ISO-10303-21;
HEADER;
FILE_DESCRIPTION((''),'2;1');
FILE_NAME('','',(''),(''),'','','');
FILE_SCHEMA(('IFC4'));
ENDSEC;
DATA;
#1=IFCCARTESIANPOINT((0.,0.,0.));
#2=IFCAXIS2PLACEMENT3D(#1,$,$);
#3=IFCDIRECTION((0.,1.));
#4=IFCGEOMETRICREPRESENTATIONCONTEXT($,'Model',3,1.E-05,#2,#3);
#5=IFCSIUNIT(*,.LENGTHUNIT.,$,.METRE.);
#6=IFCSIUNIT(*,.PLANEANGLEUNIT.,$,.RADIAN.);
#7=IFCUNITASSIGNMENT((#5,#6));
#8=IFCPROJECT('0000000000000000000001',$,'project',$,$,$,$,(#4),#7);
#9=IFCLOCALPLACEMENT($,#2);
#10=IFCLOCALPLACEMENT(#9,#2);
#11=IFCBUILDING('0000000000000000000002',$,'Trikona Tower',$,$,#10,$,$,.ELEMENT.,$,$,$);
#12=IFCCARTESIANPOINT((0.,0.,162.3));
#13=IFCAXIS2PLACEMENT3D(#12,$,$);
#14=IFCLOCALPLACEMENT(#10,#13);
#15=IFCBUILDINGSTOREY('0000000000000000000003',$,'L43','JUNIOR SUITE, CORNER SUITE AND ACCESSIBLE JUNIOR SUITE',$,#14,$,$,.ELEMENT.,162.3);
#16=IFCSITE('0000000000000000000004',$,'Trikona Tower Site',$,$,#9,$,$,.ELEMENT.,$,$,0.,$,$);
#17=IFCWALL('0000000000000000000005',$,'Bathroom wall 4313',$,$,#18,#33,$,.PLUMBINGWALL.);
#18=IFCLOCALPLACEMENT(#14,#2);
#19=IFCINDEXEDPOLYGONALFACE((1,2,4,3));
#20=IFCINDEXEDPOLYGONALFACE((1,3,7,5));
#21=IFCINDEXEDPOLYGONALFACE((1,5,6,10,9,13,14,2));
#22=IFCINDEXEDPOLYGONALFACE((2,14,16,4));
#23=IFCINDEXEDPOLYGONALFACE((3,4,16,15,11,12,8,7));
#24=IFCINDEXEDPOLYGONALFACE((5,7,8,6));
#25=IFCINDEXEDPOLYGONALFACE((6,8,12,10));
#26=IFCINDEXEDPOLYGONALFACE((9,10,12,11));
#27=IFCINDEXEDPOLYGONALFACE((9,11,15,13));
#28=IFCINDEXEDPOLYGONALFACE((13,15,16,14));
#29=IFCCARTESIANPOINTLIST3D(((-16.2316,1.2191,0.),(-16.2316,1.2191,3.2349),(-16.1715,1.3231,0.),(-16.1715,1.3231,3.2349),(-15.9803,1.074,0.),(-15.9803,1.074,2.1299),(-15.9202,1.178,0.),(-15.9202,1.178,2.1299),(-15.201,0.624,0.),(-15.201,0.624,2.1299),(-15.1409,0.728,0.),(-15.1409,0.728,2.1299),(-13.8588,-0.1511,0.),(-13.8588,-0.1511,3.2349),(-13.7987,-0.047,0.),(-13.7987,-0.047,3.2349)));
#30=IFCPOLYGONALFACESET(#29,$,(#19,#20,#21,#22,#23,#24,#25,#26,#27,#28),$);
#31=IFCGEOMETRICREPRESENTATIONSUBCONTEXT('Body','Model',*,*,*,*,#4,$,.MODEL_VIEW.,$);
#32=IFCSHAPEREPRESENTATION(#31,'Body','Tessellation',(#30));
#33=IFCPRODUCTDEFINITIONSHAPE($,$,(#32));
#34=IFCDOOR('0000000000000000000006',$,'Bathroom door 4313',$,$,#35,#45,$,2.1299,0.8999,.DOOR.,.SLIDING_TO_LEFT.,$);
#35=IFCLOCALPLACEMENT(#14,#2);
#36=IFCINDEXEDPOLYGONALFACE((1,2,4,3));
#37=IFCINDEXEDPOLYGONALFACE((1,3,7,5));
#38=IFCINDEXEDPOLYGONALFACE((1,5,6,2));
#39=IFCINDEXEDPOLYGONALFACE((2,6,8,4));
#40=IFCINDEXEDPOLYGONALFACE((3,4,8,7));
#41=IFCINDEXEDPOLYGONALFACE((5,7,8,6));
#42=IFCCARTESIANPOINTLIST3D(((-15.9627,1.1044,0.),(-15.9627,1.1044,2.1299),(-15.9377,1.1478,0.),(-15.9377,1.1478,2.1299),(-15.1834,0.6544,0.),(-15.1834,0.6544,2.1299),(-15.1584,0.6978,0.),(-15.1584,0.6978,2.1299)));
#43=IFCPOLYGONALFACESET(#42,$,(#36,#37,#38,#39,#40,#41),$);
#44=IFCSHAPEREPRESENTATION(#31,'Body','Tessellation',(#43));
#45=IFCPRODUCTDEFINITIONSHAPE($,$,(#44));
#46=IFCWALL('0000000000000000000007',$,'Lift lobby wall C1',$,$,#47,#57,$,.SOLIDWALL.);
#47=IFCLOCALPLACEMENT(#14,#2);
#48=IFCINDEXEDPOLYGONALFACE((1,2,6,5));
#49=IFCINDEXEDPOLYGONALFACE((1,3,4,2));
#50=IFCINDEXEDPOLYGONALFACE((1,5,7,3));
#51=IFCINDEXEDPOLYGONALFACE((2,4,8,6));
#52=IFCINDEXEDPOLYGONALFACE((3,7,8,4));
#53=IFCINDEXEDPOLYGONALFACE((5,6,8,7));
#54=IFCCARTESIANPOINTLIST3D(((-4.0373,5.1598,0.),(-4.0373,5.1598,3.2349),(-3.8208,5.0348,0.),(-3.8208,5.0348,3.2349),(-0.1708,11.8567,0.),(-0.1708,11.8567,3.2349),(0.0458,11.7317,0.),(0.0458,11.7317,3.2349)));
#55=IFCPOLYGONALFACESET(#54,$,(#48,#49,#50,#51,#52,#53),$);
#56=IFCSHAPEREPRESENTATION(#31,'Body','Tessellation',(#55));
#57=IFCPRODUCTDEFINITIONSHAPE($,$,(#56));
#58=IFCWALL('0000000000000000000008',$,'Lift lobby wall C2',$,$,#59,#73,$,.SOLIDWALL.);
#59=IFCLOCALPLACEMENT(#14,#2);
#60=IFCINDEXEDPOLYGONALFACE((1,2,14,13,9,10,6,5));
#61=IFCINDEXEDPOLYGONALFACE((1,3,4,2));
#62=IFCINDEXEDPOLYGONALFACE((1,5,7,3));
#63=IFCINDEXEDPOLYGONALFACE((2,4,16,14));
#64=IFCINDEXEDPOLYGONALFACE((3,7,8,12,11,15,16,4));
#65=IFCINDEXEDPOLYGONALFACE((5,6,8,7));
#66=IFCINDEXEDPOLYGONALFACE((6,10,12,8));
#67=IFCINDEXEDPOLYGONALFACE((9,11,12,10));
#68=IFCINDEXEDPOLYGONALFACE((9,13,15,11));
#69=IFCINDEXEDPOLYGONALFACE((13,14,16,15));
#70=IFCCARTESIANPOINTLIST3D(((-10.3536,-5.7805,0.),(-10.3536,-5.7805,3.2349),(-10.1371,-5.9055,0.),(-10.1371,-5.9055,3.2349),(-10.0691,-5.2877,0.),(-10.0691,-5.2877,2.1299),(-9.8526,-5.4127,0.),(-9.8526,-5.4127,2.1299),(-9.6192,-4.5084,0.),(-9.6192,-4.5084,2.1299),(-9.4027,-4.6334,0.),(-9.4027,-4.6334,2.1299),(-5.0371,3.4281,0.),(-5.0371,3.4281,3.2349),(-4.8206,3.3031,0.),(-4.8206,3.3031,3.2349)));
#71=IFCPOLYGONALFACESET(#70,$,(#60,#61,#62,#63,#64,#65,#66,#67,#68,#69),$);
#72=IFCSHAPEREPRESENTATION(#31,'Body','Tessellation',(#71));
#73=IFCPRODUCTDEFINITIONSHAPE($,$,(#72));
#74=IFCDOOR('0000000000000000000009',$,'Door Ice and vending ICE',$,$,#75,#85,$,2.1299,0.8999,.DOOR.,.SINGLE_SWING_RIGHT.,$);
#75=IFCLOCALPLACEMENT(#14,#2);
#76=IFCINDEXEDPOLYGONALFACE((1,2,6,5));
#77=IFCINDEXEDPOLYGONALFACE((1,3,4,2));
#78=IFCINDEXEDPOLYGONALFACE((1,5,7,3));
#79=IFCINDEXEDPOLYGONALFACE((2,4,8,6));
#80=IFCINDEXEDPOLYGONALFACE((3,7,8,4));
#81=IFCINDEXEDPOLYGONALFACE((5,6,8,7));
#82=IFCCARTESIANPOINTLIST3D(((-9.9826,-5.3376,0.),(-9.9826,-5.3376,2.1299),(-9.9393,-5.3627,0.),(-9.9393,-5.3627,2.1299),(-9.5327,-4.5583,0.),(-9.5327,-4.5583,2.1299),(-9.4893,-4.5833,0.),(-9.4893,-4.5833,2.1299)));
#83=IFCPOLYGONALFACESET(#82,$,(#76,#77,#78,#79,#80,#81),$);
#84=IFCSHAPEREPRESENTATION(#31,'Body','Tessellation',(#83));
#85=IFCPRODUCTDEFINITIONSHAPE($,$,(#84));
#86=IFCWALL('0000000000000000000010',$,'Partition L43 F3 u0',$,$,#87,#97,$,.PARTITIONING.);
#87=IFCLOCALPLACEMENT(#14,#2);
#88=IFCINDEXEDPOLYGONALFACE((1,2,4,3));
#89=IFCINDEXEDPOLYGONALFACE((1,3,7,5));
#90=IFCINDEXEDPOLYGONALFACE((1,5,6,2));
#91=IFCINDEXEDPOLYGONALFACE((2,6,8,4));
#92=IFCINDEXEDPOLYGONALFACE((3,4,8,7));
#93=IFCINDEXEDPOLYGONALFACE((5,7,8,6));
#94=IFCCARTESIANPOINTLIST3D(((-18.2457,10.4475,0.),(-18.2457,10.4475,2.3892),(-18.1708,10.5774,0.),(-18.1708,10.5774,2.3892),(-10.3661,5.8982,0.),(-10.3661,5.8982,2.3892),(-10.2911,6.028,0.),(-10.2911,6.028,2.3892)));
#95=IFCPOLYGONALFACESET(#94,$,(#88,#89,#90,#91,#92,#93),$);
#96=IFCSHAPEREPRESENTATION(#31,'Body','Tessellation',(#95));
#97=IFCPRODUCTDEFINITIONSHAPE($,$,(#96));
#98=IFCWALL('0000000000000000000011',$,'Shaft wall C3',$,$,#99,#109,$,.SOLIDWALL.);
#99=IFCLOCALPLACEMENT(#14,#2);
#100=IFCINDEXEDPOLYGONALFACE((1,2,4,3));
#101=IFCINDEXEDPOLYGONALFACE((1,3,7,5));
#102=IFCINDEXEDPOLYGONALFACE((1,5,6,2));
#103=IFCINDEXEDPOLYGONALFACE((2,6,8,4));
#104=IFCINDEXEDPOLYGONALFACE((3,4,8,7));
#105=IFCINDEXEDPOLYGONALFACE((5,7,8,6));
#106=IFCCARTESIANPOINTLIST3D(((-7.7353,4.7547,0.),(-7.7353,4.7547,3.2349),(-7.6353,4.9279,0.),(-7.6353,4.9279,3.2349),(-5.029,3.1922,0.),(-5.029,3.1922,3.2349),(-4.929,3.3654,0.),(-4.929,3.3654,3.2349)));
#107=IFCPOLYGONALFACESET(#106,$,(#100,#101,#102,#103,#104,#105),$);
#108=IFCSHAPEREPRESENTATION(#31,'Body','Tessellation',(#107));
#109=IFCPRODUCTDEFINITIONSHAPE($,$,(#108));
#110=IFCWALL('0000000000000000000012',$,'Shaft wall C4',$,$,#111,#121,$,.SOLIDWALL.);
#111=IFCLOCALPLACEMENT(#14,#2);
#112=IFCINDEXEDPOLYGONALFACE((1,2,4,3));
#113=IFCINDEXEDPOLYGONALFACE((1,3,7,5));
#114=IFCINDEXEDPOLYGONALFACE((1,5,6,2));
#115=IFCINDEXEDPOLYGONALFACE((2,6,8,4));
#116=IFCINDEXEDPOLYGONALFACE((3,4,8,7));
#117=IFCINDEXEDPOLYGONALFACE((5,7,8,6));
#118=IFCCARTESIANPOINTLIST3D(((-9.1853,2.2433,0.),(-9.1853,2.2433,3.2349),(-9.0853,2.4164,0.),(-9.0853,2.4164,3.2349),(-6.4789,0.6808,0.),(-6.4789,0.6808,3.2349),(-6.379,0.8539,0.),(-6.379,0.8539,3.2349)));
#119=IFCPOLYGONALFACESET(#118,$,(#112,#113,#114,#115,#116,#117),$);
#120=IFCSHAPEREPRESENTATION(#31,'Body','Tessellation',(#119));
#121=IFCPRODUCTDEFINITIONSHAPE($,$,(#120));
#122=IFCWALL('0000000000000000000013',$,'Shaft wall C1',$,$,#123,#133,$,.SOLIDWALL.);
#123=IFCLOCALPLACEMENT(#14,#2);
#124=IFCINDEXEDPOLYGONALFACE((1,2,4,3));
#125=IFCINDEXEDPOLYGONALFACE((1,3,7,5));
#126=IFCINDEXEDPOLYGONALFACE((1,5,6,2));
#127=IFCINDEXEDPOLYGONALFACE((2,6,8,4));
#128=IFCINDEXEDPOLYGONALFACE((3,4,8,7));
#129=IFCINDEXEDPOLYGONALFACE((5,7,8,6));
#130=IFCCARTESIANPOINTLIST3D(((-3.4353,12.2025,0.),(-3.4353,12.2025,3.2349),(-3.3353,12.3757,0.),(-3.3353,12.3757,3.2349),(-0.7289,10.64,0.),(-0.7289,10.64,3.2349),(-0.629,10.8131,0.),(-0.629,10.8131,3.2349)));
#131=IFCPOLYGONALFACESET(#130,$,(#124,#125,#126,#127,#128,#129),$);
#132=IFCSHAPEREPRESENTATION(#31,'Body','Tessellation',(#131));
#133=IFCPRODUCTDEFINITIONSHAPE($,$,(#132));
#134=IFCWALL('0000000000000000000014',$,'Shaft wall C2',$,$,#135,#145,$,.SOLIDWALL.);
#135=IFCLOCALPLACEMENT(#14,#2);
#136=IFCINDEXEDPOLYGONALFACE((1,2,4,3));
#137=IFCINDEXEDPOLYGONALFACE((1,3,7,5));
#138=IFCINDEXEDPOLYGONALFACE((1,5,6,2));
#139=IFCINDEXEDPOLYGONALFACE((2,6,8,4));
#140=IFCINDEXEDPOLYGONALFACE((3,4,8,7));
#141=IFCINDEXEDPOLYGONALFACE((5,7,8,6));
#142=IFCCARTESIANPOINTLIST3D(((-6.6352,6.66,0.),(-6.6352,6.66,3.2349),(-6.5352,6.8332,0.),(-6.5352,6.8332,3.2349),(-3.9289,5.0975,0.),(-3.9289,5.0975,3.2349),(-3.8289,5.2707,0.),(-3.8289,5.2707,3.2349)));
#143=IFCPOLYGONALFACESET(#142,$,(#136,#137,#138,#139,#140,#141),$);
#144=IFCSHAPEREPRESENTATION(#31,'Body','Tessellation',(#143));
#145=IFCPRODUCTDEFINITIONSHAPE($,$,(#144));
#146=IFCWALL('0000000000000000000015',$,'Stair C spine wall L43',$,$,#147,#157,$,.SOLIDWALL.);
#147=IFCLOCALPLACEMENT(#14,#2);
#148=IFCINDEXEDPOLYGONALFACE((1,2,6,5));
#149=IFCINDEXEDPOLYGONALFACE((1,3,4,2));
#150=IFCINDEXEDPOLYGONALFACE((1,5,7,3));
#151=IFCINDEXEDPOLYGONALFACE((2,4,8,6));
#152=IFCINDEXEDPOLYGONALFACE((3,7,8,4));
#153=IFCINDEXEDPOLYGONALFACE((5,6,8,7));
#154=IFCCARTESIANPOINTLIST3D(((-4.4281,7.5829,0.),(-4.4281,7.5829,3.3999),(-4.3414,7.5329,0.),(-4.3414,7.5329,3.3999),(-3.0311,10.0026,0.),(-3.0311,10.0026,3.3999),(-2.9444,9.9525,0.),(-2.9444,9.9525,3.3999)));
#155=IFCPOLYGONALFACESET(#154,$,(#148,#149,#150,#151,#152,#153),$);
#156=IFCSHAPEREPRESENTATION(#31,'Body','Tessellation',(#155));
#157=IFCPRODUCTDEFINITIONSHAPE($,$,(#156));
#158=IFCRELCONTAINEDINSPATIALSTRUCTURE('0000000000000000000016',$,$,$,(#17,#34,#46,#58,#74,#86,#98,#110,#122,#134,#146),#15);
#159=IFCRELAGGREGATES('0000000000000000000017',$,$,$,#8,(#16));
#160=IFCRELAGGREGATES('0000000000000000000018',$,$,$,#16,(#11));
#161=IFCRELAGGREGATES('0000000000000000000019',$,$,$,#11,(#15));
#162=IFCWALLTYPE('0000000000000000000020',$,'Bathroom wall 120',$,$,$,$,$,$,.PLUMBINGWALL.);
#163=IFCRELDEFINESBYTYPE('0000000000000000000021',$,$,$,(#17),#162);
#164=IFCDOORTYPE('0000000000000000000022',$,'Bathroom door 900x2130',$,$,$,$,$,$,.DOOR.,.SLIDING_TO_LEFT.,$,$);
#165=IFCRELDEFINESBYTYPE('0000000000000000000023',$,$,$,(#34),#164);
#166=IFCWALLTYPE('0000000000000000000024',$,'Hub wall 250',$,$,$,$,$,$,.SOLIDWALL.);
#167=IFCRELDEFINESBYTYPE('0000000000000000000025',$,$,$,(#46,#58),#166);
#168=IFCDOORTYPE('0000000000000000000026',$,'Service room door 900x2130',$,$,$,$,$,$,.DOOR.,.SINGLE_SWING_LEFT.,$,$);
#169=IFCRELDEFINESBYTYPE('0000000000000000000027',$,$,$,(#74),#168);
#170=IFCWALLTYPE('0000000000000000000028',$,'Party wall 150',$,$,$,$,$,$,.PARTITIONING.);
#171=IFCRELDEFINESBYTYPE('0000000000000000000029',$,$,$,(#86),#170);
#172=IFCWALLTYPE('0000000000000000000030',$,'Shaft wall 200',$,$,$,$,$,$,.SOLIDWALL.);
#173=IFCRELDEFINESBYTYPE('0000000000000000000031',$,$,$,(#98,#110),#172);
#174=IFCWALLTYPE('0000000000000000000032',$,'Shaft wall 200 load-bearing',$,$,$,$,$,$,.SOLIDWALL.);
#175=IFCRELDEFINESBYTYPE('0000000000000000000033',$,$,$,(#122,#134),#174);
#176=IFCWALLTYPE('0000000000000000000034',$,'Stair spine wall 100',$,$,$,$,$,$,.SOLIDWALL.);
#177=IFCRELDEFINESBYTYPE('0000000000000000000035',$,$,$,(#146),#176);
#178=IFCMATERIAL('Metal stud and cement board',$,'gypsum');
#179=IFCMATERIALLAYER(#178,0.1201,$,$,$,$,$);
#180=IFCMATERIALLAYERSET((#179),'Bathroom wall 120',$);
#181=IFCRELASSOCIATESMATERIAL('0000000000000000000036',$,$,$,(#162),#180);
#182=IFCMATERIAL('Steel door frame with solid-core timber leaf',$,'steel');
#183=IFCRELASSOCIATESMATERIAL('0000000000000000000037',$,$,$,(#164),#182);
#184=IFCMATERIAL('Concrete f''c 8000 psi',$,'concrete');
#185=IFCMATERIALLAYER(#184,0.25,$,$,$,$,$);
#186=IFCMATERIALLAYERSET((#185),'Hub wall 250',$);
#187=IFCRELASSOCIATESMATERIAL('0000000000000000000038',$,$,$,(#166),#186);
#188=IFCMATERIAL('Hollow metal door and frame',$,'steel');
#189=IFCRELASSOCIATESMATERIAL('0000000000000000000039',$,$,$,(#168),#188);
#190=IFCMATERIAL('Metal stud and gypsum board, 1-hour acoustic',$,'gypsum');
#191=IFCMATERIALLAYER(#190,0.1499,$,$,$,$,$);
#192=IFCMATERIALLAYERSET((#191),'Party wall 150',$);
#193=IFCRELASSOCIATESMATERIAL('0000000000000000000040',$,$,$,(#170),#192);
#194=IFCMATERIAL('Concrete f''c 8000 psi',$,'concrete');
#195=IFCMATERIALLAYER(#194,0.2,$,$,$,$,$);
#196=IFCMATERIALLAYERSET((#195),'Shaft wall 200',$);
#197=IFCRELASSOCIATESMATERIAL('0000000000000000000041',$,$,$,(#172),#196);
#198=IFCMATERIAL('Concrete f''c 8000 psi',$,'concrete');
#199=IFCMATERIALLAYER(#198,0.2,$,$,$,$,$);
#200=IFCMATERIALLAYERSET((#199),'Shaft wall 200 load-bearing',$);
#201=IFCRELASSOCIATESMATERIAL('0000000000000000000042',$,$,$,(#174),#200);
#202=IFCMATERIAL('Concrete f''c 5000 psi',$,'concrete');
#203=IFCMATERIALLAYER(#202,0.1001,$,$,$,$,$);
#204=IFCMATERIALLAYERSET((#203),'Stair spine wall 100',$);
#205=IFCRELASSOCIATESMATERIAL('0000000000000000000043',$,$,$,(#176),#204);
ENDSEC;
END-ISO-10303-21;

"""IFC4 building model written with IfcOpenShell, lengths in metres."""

from ifc_helpers import new_model, si_unit, direction, frame, frame_2d, origin, place, context, subcontext, project, spatial, rectangle, extrude, material, layer, layer_set, type_object, element, fill, save


model = new_model("IFC4")

# Units and contexts
model_context = context("Model", 3, precision=1e-05, world=origin(), true_north=direction((0.0, 1.0)))
body_context = subcontext(model_context, "Body", "Model", "MODEL_VIEW")
ifc_project = project(units=[si_unit("LENGTHUNIT", "METRE"), si_unit("PLANEANGLEUNIT", "RADIAN")], contexts=[model_context])

# Site, building, storey
site_placement = place(None, origin())
site = spatial("IfcSite", under=ifc_project, at=site_placement, Name="Trikona Tower Site", CompositionType="ELEMENT", RefElevation=0.0)
building_placement = place(site_placement, origin())
building = spatial("IfcBuilding", under=site, at=building_placement, Name="Trikona Tower", CompositionType="ELEMENT")
storey_placement = place(building_placement, frame((0.0, 0.0, 162.3)))
storey = spatial("IfcBuildingStorey", under=building, at=storey_placement, Name="L43", Description="JUNIOR SUITE, CORNER SUITE AND ACCESSIBLE JUNIOR SUITE", CompositionType="ELEMENT", Elevation=162.3)

# Shared definitions
ifc_material_1 = material(Name="Metal stud and cement board", Category="gypsum")
ifc_layer_1 = layer(ifc_material_1, 0.1201)
ifc_layer_set_1 = layer_set([ifc_layer_1], Name="Bathroom wall 120")
wall_type_1 = type_object("IfcWallType", Name="Bathroom wall 120", PredefinedType="PLUMBINGWALL", material=ifc_layer_set_1)
ifc_material_2 = material(Name="Steel door frame with solid-core timber leaf", Category="steel")
door_type_1 = type_object("IfcDoorType", Name="Bathroom door 900x2130", OperationType="SLIDING_TO_LEFT", PredefinedType="DOOR", material=ifc_material_2)

# Wall, opening, door
wall_1_placement = place(storey_placement, frame((-13.8286, -0.0991, 0.0), z_axis=(0.0, 0.0, 1.0), x_axis=(-0.865997, 0.500049, 0.0)))
wall_1 = element("IfcWall", 1, at=wall_1_placement, inside=storey, type_object=wall_type_1, Name="Bathroom wall 4313", PredefinedType="PLUMBINGWALL", context=body_context, shape_type="SweptSolid", body=[
    extrude(rectangle(XDim=2.74, YDim=0.1201, at=frame_2d((1.3701, 0.0))), origin(), (0.0, 0.0, 1.0), 3.2349),
])
opening_1_placement = place(wall_1_placement, frame((1.55, 0.0, 0.0)))
opening_1 = element("IfcOpeningElement", 2, at=opening_1_placement, cuts=wall_1, PredefinedType="OPENING", context=body_context, shape_type="SweptSolid", body=[
    extrude(rectangle(XDim=0.8999, YDim=2.1299, at=frame_2d((0.45, 1.0649))), frame((0.0, 0.0701, 0.0), z_axis=(0.0, -1.0, 0.0), x_axis=(1.0, 0.0, 0.0)), (0.0, 0.0, 1.0), 0.1401),
])
door_1_placement = place(opening_1_placement, origin())
door_1 = element("IfcDoor", 3, at=door_1_placement, inside=storey, type_object=door_type_1, Name="Bathroom door 4313", OperationType="SLIDING_TO_LEFT", OverallHeight=2.1299, OverallWidth=0.8999, PredefinedType="DOOR", context=body_context, shape_type="SweptSolid", body=[
    extrude(rectangle(XDim=0.8999, YDim=2.1299, at=frame_2d((0.45, 1.0649))), frame((0.0, 0.0249, 0.0), z_axis=(0.0, -1.0, 0.0), x_axis=(1.0, 0.0, 0.0)), (0.0, 0.0, 1.0), 0.05),
])
fill(opening_1, door_1)

# Wall
ifc_material_3 = material(Name="Concrete f'c 8000 psi", Category="concrete")
ifc_layer_2 = layer(ifc_material_3, 0.25)
ifc_layer_set_2 = layer_set([ifc_layer_2], Name="Hub wall 250")
wall_type_2 = type_object("IfcWallType", Name="Hub wall 250", PredefinedType="SOLIDWALL", material=ifc_layer_set_2)
wall_2_placement = place(storey_placement, frame((-0.0625, 11.7942, 0.0), z_axis=(0.0, 0.0, 1.0), x_axis=(-0.500007, -0.866022, 0.0)))
element("IfcWall", 4, at=wall_2_placement, inside=storey, type_object=wall_type_2, Name="Lift lobby wall C1", PredefinedType="SOLIDWALL", context=body_context, shape_type="SweptSolid", body=[
    extrude(rectangle(XDim=7.7329, YDim=0.25, at=frame_2d((3.8665, 0.0))), origin(), (0.0, 0.0, 1.0), 3.2349),
])

# Wall, opening, door
wall_3_placement = place(storey_placement, frame((-4.929, 3.3655, 0.0), z_axis=(0.0, 0.0, 1.0), x_axis=(-0.499991, -0.86603, 0.0)))
wall_3 = element("IfcWall", 5, at=wall_3_placement, inside=storey, type_object=wall_type_2, Name="Lift lobby wall C2", PredefinedType="SOLIDWALL", context=body_context, shape_type="SweptSolid", body=[
    extrude(rectangle(XDim=10.6331, YDim=0.25, at=frame_2d((5.3164, 0.0))), origin(), (0.0, 0.0, 1.0), 3.2349),
])
opening_2_placement = place(wall_3_placement, frame((9.1641, 0.0, 0.0)))
opening_2 = element("IfcOpeningElement", 6, at=opening_2_placement, cuts=wall_3, PredefinedType="OPENING", context=body_context, shape_type="SweptSolid", body=[
    extrude(rectangle(XDim=0.8999, YDim=2.1299, at=frame_2d((0.45, 1.0649))), frame((0.0, 0.135, 0.0), z_axis=(0.0, -1.0, 0.0), x_axis=(1.0, 0.0, 0.0)), (0.0, 0.0, 1.0), 0.27),
])
ifc_material_4 = material(Name="Hollow metal door and frame", Category="steel")
door_type_2 = type_object("IfcDoorType", Name="Service room door 900x2130", OperationType="SINGLE_SWING_LEFT", PredefinedType="DOOR", material=ifc_material_4)
door_2_placement = place(opening_2_placement, origin())
door_2 = element("IfcDoor", 7, at=door_2_placement, inside=storey, type_object=door_type_2, Name="Door Ice and vending ICE", OperationType="SINGLE_SWING_RIGHT", OverallHeight=2.1299, OverallWidth=0.8999, PredefinedType="DOOR", context=body_context, shape_type="SweptSolid", body=[
    extrude(rectangle(XDim=0.8999, YDim=2.1299, at=frame_2d((0.45, 1.0649))), frame((0.0, 0.0249, 0.0), z_axis=(0.0, -1.0, 0.0), x_axis=(1.0, 0.0, 0.0)), (0.0, 0.0, 1.0), 0.05),
])
fill(opening_2, door_2)

# Walls
ifc_material_5 = material(Name="Metal stud and gypsum board, 1-hour acoustic", Category="gypsum")
ifc_layer_3 = layer(ifc_material_5, 0.1499)
ifc_layer_set_3 = layer_set([ifc_layer_3], Name="Party wall 150")
wall_type_3 = type_object("IfcWallType", Name="Party wall 150", PredefinedType="PARTITIONING", material=ifc_layer_set_3)
wall_4_placement = place(storey_placement, frame((-10.3286, 5.9631, 0.0), z_axis=(0.0, 0.0, 1.0), x_axis=(-0.866025, 0.5, 0.0)))
element("IfcWall", 8, at=wall_4_placement, inside=storey, type_object=wall_type_3, Name="Partition L43 F3 u0", PredefinedType="PARTITIONING", context=body_context, shape_type="SweptSolid", body=[
    extrude(rectangle(XDim=9.0986, YDim=0.1499, at=frame_2d((4.5493, 0.0))), origin(), (0.0, 0.0, 1.0), 2.3892),
])
ifc_material_6 = material(Name="Concrete f'c 8000 psi", Category="concrete")
ifc_layer_4 = layer(ifc_material_6, 0.2)
ifc_layer_set_4 = layer_set([ifc_layer_4], Name="Shaft wall 200")
wall_type_4 = type_object("IfcWallType", Name="Shaft wall 200", PredefinedType="SOLIDWALL", material=ifc_layer_set_4)
for number, where, z_axis, x_axis, name in (
    (9, (-4.979, 3.2788, 0.0), (0.0, 0.0, 1.0), (-0.866023, 0.500004, 0.0), "Shaft wall C3"),
    (10, (-6.429, 0.7673, 0.0), (0.0, 0.0, 1.0), (-0.866023, 0.500004, 0.0), "Shaft wall C4"),
):
    element("IfcWall", number, at=place(storey_placement, frame(where, z_axis=z_axis, x_axis=x_axis)), inside=storey, type_object=wall_type_4, Name=name, PredefinedType="SOLIDWALL", context=body_context, shape_type="SweptSolid", body=[
        extrude(rectangle(XDim=3.125, YDim=0.2, at=frame_2d((1.5625, 0.0))), origin(), (0.0, 0.0, 1.0), 3.2349),
    ])
ifc_material_7 = material(Name="Concrete f'c 8000 psi", Category="concrete")
ifc_layer_5 = layer(ifc_material_7, 0.2)
ifc_layer_set_5 = layer_set([ifc_layer_5], Name="Shaft wall 200 load-bearing")
wall_type_5 = type_object("IfcWallType", Name="Shaft wall 200 load-bearing", PredefinedType="SOLIDWALL", material=ifc_layer_set_5)
for number, where, z_axis, x_axis, name in (
    (11, (-0.679, 10.7266, 0.0), (0.0, 0.0, 1.0), (-0.866023, 0.500004, 0.0), "Shaft wall C1"),
    (12, (-3.8789, 5.1841, 0.0), (0.0, 0.0, 1.0), (-0.866023, 0.500004, 0.0), "Shaft wall C2"),
):
    element("IfcWall", number, at=place(storey_placement, frame(where, z_axis=z_axis, x_axis=x_axis)), inside=storey, type_object=wall_type_5, Name=name, PredefinedType="SOLIDWALL", context=body_context, shape_type="SweptSolid", body=[
        extrude(rectangle(XDim=3.125, YDim=0.2, at=frame_2d((1.5625, 0.0))), origin(), (0.0, 0.0, 1.0), 3.2349),
    ])
ifc_material_8 = material(Name="Concrete f'c 5000 psi", Category="concrete")
ifc_layer_6 = layer(ifc_material_8, 0.1001)
ifc_layer_set_6 = layer_set([ifc_layer_6], Name="Stair spine wall 100")
wall_type_6 = type_object("IfcWallType", Name="Stair spine wall 100", PredefinedType="SOLIDWALL", material=ifc_layer_set_6)
wall_5_placement = place(storey_placement, frame((-2.9878, 9.9775, 0.0), z_axis=(0.0, 0.0, 1.0), x_axis=(-0.499992, -0.86603, 0.0)))
element("IfcWall", 13, at=wall_5_placement, inside=storey, type_object=wall_type_6, Name="Stair C spine wall L43", PredefinedType="SOLIDWALL", context=body_context, shape_type="SweptSolid", body=[
    extrude(rectangle(XDim=2.7939, YDim=0.1001, at=frame_2d((1.397, 0.0))), origin(), (0.0, 0.0, 1.0), 3.3999),
])

save(model, "model.ifc")
